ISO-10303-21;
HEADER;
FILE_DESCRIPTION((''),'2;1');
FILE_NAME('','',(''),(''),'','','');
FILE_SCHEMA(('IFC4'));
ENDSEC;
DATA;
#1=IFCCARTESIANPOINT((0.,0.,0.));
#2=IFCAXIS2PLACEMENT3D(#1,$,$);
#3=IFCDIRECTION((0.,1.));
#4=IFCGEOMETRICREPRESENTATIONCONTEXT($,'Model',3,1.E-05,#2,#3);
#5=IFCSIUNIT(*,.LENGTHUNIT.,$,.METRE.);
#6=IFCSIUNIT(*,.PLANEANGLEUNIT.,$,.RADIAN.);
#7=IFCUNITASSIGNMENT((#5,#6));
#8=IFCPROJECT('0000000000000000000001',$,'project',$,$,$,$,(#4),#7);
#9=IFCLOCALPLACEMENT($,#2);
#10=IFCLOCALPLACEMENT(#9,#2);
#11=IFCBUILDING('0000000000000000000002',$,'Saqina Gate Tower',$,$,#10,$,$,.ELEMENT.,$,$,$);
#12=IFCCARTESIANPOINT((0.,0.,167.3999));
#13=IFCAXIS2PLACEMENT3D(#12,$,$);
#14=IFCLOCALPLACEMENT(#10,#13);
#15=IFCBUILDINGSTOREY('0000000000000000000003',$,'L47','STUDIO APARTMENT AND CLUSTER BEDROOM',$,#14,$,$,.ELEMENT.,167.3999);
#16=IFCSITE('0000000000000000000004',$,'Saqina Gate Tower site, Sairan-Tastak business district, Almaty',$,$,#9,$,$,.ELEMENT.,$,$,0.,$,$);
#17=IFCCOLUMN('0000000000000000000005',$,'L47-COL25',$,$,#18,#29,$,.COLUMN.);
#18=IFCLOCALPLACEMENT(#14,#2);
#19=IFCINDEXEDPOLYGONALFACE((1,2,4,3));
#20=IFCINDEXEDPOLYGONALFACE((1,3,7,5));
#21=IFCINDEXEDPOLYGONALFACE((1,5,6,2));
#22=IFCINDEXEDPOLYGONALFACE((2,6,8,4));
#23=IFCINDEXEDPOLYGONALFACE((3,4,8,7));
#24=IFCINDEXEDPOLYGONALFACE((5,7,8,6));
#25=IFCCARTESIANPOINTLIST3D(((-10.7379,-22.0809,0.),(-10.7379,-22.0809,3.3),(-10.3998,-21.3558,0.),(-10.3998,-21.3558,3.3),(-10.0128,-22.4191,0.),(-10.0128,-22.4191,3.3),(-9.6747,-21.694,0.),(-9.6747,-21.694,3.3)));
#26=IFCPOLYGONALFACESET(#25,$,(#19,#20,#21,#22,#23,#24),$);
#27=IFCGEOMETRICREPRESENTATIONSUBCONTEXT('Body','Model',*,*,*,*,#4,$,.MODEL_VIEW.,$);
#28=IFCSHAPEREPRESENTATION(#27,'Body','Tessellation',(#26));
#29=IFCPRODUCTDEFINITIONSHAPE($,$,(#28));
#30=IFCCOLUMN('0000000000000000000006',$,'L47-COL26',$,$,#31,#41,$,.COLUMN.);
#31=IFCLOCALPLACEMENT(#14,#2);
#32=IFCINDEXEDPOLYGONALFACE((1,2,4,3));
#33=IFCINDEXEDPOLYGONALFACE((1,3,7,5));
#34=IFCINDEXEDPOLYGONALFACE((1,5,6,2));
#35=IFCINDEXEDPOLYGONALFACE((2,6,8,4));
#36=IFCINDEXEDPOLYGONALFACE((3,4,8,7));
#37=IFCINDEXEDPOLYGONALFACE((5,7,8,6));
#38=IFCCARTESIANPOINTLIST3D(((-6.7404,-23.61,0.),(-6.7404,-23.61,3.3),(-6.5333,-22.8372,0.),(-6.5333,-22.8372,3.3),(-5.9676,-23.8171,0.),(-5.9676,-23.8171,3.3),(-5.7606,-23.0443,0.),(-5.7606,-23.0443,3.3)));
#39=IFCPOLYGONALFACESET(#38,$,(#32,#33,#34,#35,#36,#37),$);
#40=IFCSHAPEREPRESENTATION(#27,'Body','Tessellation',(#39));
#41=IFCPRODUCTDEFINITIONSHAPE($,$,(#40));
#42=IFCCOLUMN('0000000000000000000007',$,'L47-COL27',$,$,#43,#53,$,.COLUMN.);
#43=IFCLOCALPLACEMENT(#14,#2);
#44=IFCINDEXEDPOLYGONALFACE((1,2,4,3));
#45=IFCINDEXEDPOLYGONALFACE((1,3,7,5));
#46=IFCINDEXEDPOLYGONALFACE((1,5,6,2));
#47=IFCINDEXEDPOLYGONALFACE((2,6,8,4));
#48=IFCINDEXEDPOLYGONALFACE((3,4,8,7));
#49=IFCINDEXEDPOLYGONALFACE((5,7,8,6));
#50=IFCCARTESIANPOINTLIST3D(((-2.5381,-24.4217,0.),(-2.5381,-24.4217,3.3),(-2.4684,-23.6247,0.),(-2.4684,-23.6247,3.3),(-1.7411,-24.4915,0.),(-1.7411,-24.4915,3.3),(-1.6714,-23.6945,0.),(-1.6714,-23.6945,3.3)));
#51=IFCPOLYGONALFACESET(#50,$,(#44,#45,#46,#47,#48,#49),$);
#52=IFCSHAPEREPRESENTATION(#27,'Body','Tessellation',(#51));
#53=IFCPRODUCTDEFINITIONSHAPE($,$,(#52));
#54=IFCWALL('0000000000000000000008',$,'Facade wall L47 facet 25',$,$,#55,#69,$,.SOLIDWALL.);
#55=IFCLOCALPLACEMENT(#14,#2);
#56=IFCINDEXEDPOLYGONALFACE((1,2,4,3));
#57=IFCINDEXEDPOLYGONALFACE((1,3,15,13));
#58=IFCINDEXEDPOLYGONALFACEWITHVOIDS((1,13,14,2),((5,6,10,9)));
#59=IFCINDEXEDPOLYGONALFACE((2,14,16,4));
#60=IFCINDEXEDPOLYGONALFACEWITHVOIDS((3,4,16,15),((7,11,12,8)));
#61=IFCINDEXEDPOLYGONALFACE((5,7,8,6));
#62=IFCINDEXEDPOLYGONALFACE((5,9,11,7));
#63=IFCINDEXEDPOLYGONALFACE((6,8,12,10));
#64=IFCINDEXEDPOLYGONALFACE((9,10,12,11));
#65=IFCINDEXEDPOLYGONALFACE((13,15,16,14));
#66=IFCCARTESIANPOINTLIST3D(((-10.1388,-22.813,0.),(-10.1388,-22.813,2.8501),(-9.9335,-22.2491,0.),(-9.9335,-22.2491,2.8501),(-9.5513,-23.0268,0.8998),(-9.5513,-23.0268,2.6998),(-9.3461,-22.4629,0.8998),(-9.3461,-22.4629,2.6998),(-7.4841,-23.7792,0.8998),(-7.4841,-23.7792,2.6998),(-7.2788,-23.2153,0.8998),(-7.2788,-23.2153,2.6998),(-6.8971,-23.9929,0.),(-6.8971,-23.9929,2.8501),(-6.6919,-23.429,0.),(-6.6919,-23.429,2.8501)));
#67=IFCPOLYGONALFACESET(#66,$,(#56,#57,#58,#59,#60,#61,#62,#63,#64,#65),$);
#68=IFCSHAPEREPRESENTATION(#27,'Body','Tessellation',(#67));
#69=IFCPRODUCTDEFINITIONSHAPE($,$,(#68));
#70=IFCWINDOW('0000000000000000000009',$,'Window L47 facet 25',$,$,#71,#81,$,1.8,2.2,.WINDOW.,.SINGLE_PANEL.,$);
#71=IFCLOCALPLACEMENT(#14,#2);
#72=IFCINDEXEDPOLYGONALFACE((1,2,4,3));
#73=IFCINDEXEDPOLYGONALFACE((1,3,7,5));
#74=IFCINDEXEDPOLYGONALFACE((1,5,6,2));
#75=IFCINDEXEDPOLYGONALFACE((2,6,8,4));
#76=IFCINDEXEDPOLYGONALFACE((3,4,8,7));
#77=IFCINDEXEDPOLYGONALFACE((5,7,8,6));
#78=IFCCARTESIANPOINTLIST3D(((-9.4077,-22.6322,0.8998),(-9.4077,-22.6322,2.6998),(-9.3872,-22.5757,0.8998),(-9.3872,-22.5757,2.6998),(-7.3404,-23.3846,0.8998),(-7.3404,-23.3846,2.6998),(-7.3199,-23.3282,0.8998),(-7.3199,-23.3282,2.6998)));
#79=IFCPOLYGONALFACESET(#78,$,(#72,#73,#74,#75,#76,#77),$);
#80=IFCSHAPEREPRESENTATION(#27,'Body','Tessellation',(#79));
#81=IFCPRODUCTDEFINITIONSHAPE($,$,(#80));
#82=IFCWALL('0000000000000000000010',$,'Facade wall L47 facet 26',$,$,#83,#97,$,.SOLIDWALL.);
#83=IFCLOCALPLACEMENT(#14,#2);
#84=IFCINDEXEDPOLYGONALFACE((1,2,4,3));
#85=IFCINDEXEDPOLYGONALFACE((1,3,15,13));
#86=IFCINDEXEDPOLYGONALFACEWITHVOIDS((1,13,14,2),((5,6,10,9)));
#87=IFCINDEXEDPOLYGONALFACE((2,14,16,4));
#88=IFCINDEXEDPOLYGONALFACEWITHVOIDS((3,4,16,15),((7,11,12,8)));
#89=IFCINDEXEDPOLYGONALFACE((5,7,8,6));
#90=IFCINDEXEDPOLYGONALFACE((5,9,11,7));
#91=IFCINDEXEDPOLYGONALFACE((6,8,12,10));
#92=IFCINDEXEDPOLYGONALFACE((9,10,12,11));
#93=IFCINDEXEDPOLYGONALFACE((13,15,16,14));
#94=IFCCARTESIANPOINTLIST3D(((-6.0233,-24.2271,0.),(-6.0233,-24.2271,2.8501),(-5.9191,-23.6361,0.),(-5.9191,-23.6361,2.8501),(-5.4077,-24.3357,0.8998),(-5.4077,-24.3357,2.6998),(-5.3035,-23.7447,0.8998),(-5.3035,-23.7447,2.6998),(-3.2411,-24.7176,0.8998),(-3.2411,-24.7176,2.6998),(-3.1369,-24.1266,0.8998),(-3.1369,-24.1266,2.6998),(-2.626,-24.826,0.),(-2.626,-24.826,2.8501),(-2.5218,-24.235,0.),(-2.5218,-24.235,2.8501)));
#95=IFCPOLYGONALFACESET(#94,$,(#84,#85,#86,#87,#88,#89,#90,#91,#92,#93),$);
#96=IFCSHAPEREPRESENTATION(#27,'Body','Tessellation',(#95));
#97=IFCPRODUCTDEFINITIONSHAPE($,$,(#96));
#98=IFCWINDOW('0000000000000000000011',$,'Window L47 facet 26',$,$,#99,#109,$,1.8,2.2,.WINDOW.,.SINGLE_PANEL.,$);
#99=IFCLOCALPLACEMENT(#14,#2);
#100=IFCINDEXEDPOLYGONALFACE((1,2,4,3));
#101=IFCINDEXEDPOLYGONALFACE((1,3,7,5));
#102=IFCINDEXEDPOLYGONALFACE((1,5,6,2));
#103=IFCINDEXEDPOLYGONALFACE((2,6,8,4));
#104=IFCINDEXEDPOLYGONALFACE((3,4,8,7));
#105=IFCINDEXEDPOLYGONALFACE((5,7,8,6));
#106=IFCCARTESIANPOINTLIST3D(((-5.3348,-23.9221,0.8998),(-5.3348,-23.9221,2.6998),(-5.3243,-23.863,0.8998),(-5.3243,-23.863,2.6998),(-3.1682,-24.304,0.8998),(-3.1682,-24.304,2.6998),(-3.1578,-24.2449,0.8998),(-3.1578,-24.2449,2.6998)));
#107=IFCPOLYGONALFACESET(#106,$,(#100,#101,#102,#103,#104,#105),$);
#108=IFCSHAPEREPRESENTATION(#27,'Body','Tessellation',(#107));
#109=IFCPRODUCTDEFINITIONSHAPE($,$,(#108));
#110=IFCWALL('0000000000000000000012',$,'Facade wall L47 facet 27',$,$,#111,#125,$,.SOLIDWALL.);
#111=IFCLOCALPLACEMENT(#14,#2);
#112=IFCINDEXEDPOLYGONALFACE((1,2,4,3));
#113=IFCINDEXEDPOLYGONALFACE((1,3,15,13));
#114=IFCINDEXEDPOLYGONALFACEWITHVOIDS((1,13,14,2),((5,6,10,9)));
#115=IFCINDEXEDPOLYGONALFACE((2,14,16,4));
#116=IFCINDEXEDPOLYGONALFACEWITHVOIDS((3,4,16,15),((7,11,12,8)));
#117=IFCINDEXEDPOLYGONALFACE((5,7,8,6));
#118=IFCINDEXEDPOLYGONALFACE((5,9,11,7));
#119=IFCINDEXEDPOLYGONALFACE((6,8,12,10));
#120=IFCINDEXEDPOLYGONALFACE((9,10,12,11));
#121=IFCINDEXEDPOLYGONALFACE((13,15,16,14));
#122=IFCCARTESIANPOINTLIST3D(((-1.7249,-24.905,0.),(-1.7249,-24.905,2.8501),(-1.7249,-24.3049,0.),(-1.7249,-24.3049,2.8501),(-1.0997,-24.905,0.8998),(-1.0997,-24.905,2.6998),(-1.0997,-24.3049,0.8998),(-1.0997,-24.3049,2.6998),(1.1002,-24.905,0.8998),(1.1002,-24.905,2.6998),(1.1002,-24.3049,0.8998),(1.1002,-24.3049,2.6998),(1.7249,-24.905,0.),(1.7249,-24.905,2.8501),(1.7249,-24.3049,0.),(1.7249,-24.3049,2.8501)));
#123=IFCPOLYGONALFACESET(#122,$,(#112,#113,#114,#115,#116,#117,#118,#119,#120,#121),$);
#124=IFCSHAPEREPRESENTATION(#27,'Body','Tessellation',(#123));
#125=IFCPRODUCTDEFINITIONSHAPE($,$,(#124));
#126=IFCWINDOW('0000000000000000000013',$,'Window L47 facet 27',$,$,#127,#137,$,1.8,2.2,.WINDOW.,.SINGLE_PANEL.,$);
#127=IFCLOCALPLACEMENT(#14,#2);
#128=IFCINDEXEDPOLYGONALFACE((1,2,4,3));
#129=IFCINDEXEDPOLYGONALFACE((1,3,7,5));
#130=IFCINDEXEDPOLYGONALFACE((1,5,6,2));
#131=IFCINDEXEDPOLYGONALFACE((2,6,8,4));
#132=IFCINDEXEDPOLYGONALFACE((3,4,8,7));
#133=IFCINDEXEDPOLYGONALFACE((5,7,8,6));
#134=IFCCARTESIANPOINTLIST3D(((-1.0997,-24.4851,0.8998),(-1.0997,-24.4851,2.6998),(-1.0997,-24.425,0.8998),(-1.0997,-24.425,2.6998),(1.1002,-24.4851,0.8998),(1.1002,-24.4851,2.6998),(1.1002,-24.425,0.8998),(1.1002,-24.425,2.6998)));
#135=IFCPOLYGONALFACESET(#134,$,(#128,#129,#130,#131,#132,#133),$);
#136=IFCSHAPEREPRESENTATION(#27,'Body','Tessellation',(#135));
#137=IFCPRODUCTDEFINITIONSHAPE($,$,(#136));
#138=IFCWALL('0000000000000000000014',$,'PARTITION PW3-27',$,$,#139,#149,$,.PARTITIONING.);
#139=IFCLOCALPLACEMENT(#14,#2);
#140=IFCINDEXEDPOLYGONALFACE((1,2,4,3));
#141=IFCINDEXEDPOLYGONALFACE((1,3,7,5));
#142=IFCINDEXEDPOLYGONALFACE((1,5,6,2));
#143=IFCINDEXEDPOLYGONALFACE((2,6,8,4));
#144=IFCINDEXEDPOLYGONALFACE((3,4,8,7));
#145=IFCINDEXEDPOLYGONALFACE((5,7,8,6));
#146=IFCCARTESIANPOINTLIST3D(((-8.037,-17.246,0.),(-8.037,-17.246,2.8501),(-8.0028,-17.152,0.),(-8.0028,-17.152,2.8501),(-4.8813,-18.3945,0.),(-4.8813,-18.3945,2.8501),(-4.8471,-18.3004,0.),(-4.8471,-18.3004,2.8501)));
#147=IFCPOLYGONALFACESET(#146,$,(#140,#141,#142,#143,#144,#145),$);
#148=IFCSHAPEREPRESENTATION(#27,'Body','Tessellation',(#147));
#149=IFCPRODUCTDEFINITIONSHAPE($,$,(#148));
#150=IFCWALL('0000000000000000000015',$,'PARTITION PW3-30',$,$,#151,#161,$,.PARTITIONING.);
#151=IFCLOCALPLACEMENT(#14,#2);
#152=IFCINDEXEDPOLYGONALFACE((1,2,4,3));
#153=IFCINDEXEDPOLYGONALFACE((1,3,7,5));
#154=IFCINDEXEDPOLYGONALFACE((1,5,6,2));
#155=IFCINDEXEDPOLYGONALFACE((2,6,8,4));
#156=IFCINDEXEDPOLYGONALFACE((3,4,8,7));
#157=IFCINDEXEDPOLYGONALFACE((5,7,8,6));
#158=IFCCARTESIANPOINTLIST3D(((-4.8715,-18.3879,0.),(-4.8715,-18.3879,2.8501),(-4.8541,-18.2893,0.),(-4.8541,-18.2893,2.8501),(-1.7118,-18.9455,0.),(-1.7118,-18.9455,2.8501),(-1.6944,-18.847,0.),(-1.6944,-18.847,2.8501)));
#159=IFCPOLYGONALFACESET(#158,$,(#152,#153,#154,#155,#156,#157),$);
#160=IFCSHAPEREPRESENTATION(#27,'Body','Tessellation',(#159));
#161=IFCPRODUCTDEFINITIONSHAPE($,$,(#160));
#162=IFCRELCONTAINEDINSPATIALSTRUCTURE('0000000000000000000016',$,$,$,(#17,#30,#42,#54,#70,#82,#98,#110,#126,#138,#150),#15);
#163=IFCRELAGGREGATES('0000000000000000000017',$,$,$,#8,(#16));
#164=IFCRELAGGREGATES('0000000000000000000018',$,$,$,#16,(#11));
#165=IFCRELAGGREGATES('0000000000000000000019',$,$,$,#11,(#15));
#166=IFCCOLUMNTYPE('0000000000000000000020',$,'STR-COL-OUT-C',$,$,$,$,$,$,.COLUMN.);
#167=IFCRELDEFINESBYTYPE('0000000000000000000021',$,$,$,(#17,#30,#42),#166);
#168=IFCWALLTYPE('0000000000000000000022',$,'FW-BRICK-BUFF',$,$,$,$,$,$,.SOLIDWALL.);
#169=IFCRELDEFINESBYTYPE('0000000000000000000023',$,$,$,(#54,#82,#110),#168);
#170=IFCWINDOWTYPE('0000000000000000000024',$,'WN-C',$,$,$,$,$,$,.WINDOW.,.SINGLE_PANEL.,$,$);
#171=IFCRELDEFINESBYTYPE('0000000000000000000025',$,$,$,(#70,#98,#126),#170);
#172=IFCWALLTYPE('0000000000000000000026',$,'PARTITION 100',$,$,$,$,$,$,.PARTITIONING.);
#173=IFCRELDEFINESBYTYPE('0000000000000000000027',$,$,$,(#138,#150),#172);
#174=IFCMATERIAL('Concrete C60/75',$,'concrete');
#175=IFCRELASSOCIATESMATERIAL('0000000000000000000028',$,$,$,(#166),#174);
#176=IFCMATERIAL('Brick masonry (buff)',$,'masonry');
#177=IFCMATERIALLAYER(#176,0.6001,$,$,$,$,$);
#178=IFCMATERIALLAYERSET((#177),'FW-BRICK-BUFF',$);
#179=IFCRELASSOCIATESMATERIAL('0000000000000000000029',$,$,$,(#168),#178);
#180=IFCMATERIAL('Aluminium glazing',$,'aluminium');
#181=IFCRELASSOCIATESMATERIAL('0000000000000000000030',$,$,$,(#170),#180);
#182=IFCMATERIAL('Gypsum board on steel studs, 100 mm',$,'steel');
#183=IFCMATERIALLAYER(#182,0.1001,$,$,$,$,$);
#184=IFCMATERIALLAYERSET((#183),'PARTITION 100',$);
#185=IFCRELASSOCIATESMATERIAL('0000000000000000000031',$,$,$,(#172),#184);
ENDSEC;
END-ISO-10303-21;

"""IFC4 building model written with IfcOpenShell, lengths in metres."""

from ifc_helpers import new_model, si_unit, direction, frame, frame_2d, origin, origin_2d, place, context, subcontext, project, spatial, rectangle, extrude, material, layer, layer_set, material_profile, profile_set, type_object, element, fill, save


model = new_model("IFC4")

# Units and contexts
model_context = context("Model", 3, precision=1e-05, world=origin(), true_north=direction((0.0, 1.0)))
body_context = subcontext(model_context, "Body", "Model", "MODEL_VIEW")
ifc_project = project(units=[si_unit("LENGTHUNIT", "METRE"), si_unit("PLANEANGLEUNIT", "RADIAN")], contexts=[model_context])

# Site, building, storey
site_placement = place(None, origin())
site = spatial("IfcSite", under=ifc_project, at=site_placement, Name="Saqina Gate Tower site, Sairan-Tastak business district, Almaty", CompositionType="ELEMENT", RefElevation=0.0)
building_placement = place(site_placement, origin())
building = spatial("IfcBuilding", under=site, at=building_placement, Name="Saqina Gate Tower", CompositionType="ELEMENT")
storey_placement = place(building_placement, frame((0.0, 0.0, 167.3999)))
storey = spatial("IfcBuildingStorey", under=building, at=storey_placement, Name="L47", Description="STUDIO APARTMENT AND CLUSTER BEDROOM", CompositionType="ELEMENT", Elevation=167.3999)

# Columns
ifc_material_1 = material(Name="Concrete C60/75", Category="concrete")
ifc_material_profile = material_profile(ifc_material_1, rectangle(XDim=0.8, YDim=0.8, at=origin_2d()), Name="RC 800x800")
ifc_profile_set = profile_set([ifc_material_profile], Name="Concrete C60/75")
column_type = type_object("IfcColumnType", Name="STR-COL-OUT-C", PredefinedType="COLUMN", material=ifc_profile_set)
for number, where, z_axis, x_axis, name in (
    (1, (-10.2063, -21.8875, 0.0), (0.0, 0.0, 1.0), (-0.422618, -0.906308, 0.0), "L47-COL25"),
    (2, (-6.2505, -23.3271, 0.0), (0.0, 0.0, 1.0), (-0.258819, -0.965926, 0.0), "L47-COL26"),
    (3, (-2.1047, -24.0581, 0.0), (0.0, 0.0, 1.0), (-0.087156, -0.996195, 0.0), "L47-COL27"),
):
    element("IfcColumn", number, at=place(storey_placement, frame(where, z_axis=z_axis, x_axis=x_axis)), inside=storey, type_object=column_type, Name=name, PredefinedType="COLUMN", context=body_context, shape_type="SweptSolid", body=[
        extrude(rectangle(XDim=0.8, YDim=0.8, at=origin_2d()), origin(), (0.0, 0.0, 1.0), 3.3),
    ])

# Walls, openings, windows
ifc_material_2 = material(Name="Brick masonry (buff)", Category="masonry")
ifc_layer_1 = layer(ifc_material_2, 0.6001)
ifc_layer_set_1 = layer_set([ifc_layer_1], Name="FW-BRICK-BUFF")
wall_type_1 = type_object("IfcWallType", Name="FW-BRICK-BUFF", PredefinedType="SOLIDWALL", material=ifc_layer_set_1)
wall_1_placement = place(storey_placement, frame((-10.0361, -22.531, 0.0), z_axis=(0.0, 0.0, 1.0), x_axis=(0.939688, -0.342033, 0.0)))
wall_1 = element("IfcWall", 4, at=wall_1_placement, inside=storey, type_object=wall_type_1, Name="Facade wall L47 facet 25", PredefinedType="SOLIDWALL", context=body_context, shape_type="SweptSolid", body=[
    extrude(rectangle(XDim=3.4497, YDim=0.6001, at=frame_2d((1.7249, 0.0))), origin(), (0.0, 0.0, 1.0), 2.8501),
])
opening_1_placement = place(wall_1_placement, frame((0.625, 0.0, 0.8999)))
opening_1 = element("IfcOpeningElement", 5, at=opening_1_placement, cuts=wall_1, PredefinedType="OPENING", context=body_context, shape_type="SweptSolid", body=[
    extrude(rectangle(XDim=2.2, YDim=1.8, at=frame_2d((1.1001, 0.8999))), frame((0.0, 0.312, 0.0), z_axis=(0.0, -1.0, 0.0), x_axis=(1.0, 0.0, 0.0)), (0.0, 0.0, 1.0), 0.624),
])
ifc_material_3 = material(Name="Aluminium glazing", Category="aluminium")
window_type = type_object("IfcWindowType", Name="WN-C", PartitioningType="SINGLE_PANEL", PredefinedType="WINDOW", material=ifc_material_3)
window_1_placement = place(opening_1_placement, origin())
window_1 = element("IfcWindow", 6, at=window_1_placement, inside=storey, type_object=window_type, Name="Window L47 facet 25", OverallHeight=1.8, OverallWidth=2.2, PartitioningType="SINGLE_PANEL", PredefinedType="WINDOW", context=body_context, shape_type="SweptSolid", body=[
    extrude(rectangle(XDim=2.2, YDim=1.8, at=frame_2d((1.1001, 0.8999))), frame((0.0, 0.1799, 0.0), z_axis=(0.0, -1.0, 0.0), x_axis=(1.0, 0.0, 0.0)), (0.0, 0.0, 1.0), 0.0601),
])
fill(opening_1, window_1)
wall_2_placement = place(storey_placement, frame((-5.9712, -23.9316, 0.0), z_axis=(0.0, 0.0, 1.0), x_axis=(0.984815, -0.173608, 0.0)))
wall_2 = element("IfcWall", 7, at=wall_2_placement, inside=storey, type_object=wall_type_1, Name="Facade wall L47 facet 26", PredefinedType="SOLIDWALL", context=body_context, shape_type="SweptSolid", body=[
    extrude(rectangle(XDim=3.4497, YDim=0.6001, at=frame_2d((1.7249, 0.0))), origin(), (0.0, 0.0, 1.0), 2.8501),
])
opening_2_placement = place(wall_2_placement, frame((0.625, 0.0, 0.8999)))
opening_2 = element("IfcOpeningElement", 8, at=opening_2_placement, cuts=wall_2, PredefinedType="OPENING", context=body_context, shape_type="SweptSolid", body=[
    extrude(rectangle(XDim=2.2, YDim=1.8, at=frame_2d((1.1001, 0.8999))), frame((0.0, 0.312, 0.0), z_axis=(0.0, -1.0, 0.0), x_axis=(1.0, 0.0, 0.0)), (0.0, 0.0, 1.0), 0.624),
])
window_2_placement = place(opening_2_placement, origin())
window_2 = element("IfcWindow", 9, at=window_2_placement, inside=storey, type_object=window_type, Name="Window L47 facet 26", OverallHeight=1.8, OverallWidth=2.2, PartitioningType="SINGLE_PANEL", PredefinedType="WINDOW", context=body_context, shape_type="SweptSolid", body=[
    extrude(rectangle(XDim=2.2, YDim=1.8, at=frame_2d((1.1001, 0.8999))), frame((0.0, 0.1799, 0.0), z_axis=(0.0, -1.0, 0.0), x_axis=(1.0, 0.0, 0.0)), (0.0, 0.0, 1.0), 0.0601),
])
fill(opening_2, window_2)
wall_3_placement = place(storey_placement, frame((-1.7249, -24.605, 0.0), z_axis=(0.0, 0.0, 1.0), x_axis=(1.0, 0.0, 0.0)))
wall_3 = element("IfcWall", 10, at=wall_3_placement, inside=storey, type_object=wall_type_1, Name="Facade wall L47 facet 27", PredefinedType="SOLIDWALL", context=body_context, shape_type="SweptSolid", body=[
    extrude(rectangle(XDim=3.4497, YDim=0.6001, at=frame_2d((1.7249, 0.0))), origin(), (0.0, 0.0, 1.0), 2.8501),
])
opening_3_placement = place(wall_3_placement, frame((0.625, 0.0, 0.8999)))
opening_3 = element("IfcOpeningElement", 11, at=opening_3_placement, cuts=wall_3, PredefinedType="OPENING", context=body_context, shape_type="SweptSolid", body=[
    extrude(rectangle(XDim=2.2, YDim=1.8, at=frame_2d((1.1001, 0.8999))), frame((0.0, 0.312, 0.0), z_axis=(0.0, -1.0, 0.0), x_axis=(1.0, 0.0, 0.0)), (0.0, 0.0, 1.0), 0.624),
])
window_3_placement = place(opening_3_placement, origin())
window_3 = element("IfcWindow", 12, at=window_3_placement, inside=storey, type_object=window_type, Name="Window L47 facet 27", OverallHeight=1.8, OverallWidth=2.2, PartitioningType="SINGLE_PANEL", PredefinedType="WINDOW", context=body_context, shape_type="SweptSolid", body=[
    extrude(rectangle(XDim=2.2, YDim=1.8, at=frame_2d((1.1001, 0.8999))), frame((0.0, 0.1799, 0.0), z_axis=(0.0, -1.0, 0.0), x_axis=(1.0, 0.0, 0.0)), (0.0, 0.0, 1.0), 0.0601),
])
fill(opening_3, window_3)

# Walls
ifc_material_4 = material(Name="Gypsum board on steel studs, 100 mm", Category="steel")
ifc_layer_2 = layer(ifc_material_4, 0.1001)
ifc_layer_set_2 = layer_set([ifc_layer_2], Name="PARTITION 100")
wall_type_2 = type_object("IfcWallType", Name="PARTITION 100", PredefinedType="PARTITIONING", material=ifc_layer_set_2)
wall_4_placement = place(storey_placement, frame((-8.02, -17.199, 0.0), z_axis=(0.0, 0.0, 1.0), x_axis=(0.939708, -0.341977, 0.0)))
element("IfcWall", 13, at=wall_4_placement, inside=storey, type_object=wall_type_2, Name="PARTITION PW3-27", PredefinedType="PARTITIONING", context=body_context, shape_type="SweptSolid", body=[
    extrude(rectangle(XDim=3.3582, YDim=0.1001, at=frame_2d((1.6792, 0.0))), origin(), (0.0, 0.0, 1.0), 2.8501),
])
wall_5_placement = place(storey_placement, frame((-4.8628, -18.3386, 0.0), z_axis=(0.0, 0.0, 1.0), x_axis=(0.984782, -0.173794, 0.0)))
element("IfcWall", 14, at=wall_5_placement, inside=storey, type_object=wall_type_2, Name="PARTITION PW3-30", PredefinedType="PARTITIONING", context=body_context, shape_type="SweptSolid", body=[
    extrude(rectangle(XDim=3.2085, YDim=0.1001, at=frame_2d((1.6042, 0.0))), origin(), (0.0, 0.0, 1.0), 2.8501),
])

save(model, "model.ifc")
